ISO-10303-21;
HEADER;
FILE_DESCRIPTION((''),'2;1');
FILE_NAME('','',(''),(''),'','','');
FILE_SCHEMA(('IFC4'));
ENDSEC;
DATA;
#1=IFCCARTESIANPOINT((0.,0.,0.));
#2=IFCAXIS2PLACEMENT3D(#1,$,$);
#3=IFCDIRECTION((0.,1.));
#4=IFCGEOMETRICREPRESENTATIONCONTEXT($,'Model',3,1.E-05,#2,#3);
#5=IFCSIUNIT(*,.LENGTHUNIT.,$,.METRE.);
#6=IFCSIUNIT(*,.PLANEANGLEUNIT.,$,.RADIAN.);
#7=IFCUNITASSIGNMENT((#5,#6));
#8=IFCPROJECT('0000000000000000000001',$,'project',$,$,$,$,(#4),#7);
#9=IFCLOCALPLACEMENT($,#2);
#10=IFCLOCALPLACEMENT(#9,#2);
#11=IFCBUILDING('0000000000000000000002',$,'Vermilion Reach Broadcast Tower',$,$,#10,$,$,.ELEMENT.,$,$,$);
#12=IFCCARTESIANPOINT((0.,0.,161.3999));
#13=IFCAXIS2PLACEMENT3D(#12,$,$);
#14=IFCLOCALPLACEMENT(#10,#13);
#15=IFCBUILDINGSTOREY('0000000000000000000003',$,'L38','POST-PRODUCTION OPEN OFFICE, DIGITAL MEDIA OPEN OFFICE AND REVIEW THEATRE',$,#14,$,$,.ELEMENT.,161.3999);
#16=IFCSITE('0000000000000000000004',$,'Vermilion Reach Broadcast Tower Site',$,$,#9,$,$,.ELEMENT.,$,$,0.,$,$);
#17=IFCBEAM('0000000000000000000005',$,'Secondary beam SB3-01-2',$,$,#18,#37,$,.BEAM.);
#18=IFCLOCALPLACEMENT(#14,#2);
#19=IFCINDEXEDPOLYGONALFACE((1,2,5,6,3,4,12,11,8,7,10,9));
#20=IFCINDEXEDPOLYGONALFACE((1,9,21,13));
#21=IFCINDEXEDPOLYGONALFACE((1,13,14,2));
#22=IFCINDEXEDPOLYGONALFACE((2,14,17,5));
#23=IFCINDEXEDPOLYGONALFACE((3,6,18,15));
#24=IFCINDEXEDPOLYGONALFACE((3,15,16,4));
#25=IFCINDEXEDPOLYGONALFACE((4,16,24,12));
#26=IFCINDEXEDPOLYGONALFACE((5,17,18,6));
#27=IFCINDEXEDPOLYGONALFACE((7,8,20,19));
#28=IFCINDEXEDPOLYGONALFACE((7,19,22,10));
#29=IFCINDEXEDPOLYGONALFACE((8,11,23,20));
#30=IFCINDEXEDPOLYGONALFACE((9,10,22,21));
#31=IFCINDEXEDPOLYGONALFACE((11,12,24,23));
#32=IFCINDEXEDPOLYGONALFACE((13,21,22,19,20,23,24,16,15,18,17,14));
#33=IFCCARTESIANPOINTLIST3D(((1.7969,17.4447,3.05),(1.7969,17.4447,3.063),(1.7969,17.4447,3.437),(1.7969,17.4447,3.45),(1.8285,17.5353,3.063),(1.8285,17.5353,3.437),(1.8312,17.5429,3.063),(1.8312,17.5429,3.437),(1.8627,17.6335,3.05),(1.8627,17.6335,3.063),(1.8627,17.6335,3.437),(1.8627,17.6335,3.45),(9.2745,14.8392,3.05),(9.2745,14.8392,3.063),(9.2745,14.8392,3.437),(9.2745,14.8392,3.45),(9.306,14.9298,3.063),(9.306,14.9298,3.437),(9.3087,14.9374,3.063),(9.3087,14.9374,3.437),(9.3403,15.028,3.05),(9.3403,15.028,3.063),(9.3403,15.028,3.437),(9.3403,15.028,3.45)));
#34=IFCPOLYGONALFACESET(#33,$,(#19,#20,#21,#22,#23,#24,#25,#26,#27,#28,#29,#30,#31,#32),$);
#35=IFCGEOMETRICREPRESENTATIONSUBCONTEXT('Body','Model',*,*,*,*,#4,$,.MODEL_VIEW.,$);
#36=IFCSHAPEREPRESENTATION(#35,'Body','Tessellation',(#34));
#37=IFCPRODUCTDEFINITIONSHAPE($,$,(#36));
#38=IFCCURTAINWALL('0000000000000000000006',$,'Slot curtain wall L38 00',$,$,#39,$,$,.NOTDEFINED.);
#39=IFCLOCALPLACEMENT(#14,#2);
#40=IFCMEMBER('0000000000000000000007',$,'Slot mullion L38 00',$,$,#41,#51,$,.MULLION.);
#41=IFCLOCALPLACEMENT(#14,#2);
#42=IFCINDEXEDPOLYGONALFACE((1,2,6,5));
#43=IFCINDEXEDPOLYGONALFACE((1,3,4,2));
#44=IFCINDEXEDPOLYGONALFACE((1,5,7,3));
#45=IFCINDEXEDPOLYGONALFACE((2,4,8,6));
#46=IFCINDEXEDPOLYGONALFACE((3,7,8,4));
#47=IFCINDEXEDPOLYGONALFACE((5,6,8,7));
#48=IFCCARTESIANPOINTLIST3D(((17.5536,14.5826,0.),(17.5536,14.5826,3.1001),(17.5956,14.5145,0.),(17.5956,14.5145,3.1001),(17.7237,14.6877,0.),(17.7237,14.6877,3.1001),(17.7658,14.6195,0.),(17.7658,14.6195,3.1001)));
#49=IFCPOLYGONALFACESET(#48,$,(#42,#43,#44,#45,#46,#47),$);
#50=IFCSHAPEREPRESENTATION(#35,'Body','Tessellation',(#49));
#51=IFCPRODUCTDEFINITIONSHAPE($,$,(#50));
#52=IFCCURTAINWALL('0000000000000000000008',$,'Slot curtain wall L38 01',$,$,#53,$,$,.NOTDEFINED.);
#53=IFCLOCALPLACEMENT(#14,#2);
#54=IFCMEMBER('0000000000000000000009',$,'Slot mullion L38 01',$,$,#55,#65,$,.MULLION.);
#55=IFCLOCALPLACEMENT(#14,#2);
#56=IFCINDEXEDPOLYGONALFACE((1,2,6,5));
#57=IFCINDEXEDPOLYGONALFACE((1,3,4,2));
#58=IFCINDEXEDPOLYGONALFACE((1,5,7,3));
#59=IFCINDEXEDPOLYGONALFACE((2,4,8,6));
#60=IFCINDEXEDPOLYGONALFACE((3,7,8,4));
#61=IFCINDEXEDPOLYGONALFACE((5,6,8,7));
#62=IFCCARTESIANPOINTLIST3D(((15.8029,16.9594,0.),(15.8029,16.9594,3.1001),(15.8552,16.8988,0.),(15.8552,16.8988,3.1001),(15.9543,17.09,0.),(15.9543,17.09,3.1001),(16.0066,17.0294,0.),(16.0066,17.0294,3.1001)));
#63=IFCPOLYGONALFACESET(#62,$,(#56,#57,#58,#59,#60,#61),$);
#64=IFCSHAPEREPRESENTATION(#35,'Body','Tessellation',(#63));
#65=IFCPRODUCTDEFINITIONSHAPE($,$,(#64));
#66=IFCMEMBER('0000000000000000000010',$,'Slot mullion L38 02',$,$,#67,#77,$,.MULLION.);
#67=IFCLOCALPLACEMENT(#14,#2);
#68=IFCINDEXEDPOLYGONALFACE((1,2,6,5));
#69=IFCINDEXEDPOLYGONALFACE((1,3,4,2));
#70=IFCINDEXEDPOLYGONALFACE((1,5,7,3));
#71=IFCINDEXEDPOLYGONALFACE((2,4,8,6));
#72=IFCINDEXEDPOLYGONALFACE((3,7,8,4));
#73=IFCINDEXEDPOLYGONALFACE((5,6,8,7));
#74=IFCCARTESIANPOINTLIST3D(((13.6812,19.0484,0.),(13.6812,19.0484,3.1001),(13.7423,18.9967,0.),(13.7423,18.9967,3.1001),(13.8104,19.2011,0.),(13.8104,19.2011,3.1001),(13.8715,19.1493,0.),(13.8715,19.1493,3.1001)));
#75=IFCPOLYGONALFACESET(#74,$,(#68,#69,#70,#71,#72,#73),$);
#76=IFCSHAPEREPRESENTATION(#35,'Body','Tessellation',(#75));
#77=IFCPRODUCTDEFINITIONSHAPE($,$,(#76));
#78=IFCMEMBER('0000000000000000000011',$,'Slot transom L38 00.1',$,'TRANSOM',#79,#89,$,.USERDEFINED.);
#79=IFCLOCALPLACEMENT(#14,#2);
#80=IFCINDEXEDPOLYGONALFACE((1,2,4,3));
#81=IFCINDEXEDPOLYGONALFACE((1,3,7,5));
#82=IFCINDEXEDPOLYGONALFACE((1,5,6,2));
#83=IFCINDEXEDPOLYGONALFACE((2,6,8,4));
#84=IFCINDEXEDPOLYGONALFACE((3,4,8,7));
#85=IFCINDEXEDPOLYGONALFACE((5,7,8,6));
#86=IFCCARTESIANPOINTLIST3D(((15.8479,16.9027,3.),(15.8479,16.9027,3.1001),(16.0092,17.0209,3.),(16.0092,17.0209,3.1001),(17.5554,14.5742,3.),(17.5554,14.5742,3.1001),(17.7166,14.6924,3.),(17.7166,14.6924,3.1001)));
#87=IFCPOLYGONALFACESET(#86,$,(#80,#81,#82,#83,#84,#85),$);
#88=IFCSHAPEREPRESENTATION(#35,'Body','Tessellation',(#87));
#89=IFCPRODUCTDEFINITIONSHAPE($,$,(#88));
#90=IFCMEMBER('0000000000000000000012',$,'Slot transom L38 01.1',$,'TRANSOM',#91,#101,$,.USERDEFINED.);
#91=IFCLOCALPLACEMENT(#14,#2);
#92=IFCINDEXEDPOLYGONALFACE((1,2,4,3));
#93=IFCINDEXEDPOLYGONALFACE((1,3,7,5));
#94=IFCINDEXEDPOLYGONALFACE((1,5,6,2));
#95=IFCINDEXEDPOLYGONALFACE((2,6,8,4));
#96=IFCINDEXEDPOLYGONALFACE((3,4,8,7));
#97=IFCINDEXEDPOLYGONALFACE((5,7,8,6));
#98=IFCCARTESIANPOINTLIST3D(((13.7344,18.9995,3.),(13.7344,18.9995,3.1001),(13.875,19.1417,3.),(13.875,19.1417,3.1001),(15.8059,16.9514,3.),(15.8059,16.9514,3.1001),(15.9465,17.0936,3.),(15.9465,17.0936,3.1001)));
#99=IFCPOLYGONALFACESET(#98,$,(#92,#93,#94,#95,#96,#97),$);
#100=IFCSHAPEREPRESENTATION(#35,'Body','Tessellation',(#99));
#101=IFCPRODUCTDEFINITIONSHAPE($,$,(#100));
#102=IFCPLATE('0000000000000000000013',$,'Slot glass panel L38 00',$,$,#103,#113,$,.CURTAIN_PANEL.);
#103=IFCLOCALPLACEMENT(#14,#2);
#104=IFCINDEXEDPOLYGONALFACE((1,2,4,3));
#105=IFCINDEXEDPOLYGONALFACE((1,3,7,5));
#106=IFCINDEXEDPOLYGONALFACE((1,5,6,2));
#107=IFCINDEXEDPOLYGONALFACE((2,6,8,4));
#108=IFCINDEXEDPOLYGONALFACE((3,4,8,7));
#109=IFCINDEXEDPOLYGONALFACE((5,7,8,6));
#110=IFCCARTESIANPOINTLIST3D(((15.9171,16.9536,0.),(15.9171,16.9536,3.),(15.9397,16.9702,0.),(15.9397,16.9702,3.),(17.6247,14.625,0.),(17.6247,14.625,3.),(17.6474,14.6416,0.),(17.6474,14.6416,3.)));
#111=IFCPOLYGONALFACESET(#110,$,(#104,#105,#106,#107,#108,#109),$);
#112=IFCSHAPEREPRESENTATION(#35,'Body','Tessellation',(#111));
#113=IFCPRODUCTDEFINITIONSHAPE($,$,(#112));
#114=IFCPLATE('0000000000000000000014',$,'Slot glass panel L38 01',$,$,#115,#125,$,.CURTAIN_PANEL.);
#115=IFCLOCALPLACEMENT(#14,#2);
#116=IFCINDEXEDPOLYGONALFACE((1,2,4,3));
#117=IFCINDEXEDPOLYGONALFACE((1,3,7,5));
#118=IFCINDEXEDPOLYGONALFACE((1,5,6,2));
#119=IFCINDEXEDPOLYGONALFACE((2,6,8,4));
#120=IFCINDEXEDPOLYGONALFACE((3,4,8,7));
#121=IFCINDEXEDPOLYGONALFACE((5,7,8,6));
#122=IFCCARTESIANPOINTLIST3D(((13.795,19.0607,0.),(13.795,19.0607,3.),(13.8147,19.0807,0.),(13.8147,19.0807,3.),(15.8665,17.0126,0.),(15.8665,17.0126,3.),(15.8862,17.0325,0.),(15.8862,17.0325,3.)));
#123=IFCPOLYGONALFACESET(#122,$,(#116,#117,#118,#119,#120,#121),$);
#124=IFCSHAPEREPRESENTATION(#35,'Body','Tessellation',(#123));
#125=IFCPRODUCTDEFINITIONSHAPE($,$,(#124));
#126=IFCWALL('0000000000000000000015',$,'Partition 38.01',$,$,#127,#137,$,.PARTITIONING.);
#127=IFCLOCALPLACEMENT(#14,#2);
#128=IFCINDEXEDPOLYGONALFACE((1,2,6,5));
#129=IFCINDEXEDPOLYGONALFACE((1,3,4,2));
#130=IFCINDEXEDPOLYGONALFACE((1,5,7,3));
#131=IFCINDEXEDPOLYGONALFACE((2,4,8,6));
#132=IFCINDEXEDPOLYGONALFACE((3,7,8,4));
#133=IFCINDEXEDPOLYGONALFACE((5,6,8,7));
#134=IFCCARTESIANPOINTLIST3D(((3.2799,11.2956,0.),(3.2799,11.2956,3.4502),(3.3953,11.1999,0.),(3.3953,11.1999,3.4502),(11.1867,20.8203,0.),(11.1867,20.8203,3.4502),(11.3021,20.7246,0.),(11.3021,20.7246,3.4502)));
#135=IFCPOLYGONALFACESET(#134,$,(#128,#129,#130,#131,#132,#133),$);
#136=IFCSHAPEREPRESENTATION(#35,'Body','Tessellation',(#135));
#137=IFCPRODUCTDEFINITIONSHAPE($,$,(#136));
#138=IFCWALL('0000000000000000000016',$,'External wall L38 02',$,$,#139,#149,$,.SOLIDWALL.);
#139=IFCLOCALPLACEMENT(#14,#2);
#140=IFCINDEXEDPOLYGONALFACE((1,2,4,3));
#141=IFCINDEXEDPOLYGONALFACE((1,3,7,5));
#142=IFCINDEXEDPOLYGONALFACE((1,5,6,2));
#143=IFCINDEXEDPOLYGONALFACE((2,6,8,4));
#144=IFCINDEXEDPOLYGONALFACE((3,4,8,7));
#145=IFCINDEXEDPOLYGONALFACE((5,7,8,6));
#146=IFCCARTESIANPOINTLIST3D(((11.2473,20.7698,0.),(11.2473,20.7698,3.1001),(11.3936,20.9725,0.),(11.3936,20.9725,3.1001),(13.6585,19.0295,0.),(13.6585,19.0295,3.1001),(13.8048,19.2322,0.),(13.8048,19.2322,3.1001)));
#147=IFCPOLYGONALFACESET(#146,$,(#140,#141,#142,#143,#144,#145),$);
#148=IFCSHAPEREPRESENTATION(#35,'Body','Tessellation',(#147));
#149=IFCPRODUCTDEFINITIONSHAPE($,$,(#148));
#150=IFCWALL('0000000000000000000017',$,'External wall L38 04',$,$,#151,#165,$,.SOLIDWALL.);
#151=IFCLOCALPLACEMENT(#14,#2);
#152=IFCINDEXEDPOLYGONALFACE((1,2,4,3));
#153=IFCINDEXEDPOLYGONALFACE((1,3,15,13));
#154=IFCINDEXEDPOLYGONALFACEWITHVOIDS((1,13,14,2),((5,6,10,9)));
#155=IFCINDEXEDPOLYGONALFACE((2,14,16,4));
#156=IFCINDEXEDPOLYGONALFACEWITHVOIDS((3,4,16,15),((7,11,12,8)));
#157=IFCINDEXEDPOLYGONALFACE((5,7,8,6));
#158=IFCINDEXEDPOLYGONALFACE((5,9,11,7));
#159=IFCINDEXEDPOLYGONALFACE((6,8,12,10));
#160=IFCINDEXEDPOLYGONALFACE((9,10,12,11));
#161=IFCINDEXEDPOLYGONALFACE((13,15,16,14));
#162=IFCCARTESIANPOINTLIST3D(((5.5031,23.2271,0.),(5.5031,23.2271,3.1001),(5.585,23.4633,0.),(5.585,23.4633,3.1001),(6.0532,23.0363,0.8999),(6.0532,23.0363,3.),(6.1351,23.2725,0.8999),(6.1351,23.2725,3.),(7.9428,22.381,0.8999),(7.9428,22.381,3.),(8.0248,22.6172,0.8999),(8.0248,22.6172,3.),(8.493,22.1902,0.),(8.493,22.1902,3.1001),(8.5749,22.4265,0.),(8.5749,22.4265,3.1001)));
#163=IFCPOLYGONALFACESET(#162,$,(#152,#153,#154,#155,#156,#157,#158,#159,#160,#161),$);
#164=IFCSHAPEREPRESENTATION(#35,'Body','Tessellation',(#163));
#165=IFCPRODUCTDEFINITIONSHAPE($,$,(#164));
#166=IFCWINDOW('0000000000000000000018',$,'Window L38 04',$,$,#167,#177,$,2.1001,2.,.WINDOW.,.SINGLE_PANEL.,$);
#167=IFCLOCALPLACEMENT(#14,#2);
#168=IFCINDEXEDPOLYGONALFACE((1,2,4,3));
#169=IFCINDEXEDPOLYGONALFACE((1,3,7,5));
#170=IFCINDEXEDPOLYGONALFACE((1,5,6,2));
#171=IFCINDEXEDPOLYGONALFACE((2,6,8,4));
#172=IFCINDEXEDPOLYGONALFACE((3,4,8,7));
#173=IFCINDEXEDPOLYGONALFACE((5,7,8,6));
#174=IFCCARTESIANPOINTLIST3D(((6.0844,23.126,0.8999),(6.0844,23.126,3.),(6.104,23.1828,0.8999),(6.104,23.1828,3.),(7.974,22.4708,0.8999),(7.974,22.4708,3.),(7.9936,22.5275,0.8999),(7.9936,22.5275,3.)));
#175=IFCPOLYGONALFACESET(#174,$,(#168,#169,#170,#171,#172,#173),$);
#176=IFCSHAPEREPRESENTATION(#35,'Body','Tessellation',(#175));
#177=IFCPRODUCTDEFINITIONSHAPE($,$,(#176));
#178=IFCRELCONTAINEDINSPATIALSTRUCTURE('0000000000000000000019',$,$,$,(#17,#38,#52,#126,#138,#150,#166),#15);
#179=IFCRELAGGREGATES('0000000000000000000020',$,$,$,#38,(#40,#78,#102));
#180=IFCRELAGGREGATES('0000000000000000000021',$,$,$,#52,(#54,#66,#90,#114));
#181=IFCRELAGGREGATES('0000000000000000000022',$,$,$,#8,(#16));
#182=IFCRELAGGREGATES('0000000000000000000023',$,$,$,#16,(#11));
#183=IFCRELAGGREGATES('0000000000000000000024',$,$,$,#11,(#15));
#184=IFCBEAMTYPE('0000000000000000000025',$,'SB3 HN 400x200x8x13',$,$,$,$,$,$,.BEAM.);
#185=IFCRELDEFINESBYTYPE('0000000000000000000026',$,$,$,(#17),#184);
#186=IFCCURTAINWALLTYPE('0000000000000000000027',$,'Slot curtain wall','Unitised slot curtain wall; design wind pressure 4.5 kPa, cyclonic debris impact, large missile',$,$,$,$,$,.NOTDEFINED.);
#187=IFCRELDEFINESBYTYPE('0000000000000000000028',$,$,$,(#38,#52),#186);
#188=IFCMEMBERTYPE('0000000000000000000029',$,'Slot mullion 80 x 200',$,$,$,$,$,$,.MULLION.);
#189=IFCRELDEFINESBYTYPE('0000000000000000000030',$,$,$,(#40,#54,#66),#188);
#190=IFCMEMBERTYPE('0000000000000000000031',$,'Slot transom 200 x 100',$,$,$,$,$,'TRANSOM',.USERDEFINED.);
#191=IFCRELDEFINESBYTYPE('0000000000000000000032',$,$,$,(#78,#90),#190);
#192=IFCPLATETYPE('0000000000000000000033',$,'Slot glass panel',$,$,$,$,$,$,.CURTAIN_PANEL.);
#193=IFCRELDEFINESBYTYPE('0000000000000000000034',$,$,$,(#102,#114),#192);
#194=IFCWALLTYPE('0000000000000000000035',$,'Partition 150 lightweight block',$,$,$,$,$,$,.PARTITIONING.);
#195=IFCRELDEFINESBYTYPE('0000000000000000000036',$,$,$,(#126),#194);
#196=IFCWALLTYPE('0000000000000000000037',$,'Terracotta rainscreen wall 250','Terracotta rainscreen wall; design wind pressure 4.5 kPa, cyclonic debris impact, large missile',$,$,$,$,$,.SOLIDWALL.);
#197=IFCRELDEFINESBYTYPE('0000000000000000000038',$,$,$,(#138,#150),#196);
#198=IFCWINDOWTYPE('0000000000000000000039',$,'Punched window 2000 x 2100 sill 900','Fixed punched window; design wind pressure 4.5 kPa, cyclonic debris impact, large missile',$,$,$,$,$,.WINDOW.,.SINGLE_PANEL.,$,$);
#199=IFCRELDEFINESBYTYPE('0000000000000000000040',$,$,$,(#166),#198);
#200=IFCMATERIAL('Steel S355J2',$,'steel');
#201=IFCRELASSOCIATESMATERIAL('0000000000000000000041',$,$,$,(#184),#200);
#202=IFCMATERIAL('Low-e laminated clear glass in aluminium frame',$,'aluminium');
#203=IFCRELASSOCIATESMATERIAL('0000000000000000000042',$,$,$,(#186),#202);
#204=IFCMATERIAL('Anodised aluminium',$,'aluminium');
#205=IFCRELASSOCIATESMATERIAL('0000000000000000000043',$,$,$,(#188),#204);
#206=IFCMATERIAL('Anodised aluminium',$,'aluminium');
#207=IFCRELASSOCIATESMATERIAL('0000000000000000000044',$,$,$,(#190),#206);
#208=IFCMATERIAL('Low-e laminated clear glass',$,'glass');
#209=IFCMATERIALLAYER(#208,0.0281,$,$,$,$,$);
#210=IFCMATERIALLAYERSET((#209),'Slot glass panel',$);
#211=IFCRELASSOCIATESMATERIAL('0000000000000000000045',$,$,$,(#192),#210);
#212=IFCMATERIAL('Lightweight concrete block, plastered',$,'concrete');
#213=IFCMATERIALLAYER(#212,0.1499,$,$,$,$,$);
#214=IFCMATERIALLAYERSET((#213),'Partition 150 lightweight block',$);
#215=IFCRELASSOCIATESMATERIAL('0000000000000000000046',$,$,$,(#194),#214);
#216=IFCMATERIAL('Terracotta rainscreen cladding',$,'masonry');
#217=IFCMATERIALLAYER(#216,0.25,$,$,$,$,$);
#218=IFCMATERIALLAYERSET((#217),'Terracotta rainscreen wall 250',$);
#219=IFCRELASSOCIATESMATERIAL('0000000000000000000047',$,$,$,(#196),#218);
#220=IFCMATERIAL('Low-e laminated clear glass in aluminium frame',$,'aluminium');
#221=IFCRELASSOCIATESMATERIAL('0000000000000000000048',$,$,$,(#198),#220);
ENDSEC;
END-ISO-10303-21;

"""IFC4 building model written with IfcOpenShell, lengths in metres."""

from ifc_helpers import new_model, si_unit, direction, frame, frame_2d, origin, origin_2d, place, context, subcontext, project, spatial, rectangle, i_section, extrude, material, layer, layer_set, material_profile, profile_set, type_object, element, fill, aggregate, save


model = new_model("IFC4")

# Units and contexts
model_context = context("Model", 3, precision=1e-05, world=origin(), true_north=direction((0.0, 1.0)))
body_context = subcontext(model_context, "Body", "Model", "MODEL_VIEW")
ifc_project = project(units=[si_unit("LENGTHUNIT", "METRE"), si_unit("PLANEANGLEUNIT", "RADIAN")], contexts=[model_context])

# Site, building, storey
site_placement = place(None, origin())
site = spatial("IfcSite", under=ifc_project, at=site_placement, Name="Vermilion Reach Broadcast Tower Site", CompositionType="ELEMENT", RefElevation=0.0)
building_placement = place(site_placement, origin())
building = spatial("IfcBuilding", under=site, at=building_placement, Name="Vermilion Reach Broadcast Tower", CompositionType="ELEMENT")
storey_placement = place(building_placement, frame((0.0, 0.0, 161.3999)))
storey = spatial("IfcBuildingStorey", under=building, at=storey_placement, Name="L38", Description="POST-PRODUCTION OPEN OFFICE, DIGITAL MEDIA OPEN OFFICE AND REVIEW THEATRE", CompositionType="ELEMENT", Elevation=161.3999)

# Beam
ifc_material_1 = material(Name="Steel S355J2", Category="steel")
ifc_material_profile_1 = material_profile(ifc_material_1, i_section(OverallWidth=0.2, OverallDepth=0.3999, WebThickness=0.0081, FlangeThickness=0.0129, at=origin_2d()), Name="S355J2 HN 400x200x8x13")
ifc_profile_set_1 = profile_set([ifc_material_profile_1], Name="Steel S355J2")
beam_type_1 = type_object("IfcBeamType", Name="SB3 HN 400x200x8x13", PredefinedType="BEAM", material=ifc_profile_set_1)
beam_1_placement = place(storey_placement, frame((9.3074, 14.9336, 3.25), z_axis=(-0.944317, 0.329037, 0.0), x_axis=(-0.329037, -0.944317, 0.0)))
element("IfcBeam", 1, at=beam_1_placement, inside=storey, type_object=beam_type_1, Name="Secondary beam SB3-01-2", PredefinedType="BEAM", context=body_context, shape_type="SweptSolid", body=[
    extrude(i_section(OverallWidth=0.2, OverallDepth=0.3999, WebThickness=0.0081, FlangeThickness=0.0129, at=origin_2d()), origin(), (0.0, 0.0, 1.0), 7.9185),
])

# Curtain wall, member
ifc_material_2 = material(Name="Low-e laminated clear glass in aluminium frame", Category="aluminium")
curtain_wall_type = type_object("IfcCurtainWallType", Name="Slot curtain wall", Description="Unitised slot curtain wall; design wind pressure 4.5 kPa, cyclonic debris impact, large missile", PredefinedType="NOTDEFINED", material=ifc_material_2)
placement = place(storey_placement, origin())
curtain_wall_1 = element("IfcCurtainWall", 2, at=placement, inside=storey, type_object=curtain_wall_type, Name="Slot curtain wall L38 00", PredefinedType="NOTDEFINED")
ifc_material_3 = material(Name="Anodised aluminium", Category="aluminium")
ifc_material_profile_2 = material_profile(ifc_material_3, rectangle(XDim=0.2, YDim=0.0801, at=origin_2d()), Name="Slot mullion 80 x 200")
ifc_profile_set_2 = profile_set([ifc_material_profile_2], Name="Anodised aluminium")
member_type_1 = type_object("IfcMemberType", Name="Slot mullion 80 x 200", PredefinedType="MULLION", material=ifc_profile_set_2)
member_1_placement = place(storey_placement, frame((17.6597, 14.6011, 0.0), z_axis=(0.0, 0.0, 1.0), x_axis=(-0.850995, -0.525175, 0.0)))
member_1 = element("IfcMember", 3, at=member_1_placement, type_object=member_type_1, Name="Slot mullion L38 00", PredefinedType="MULLION", context=body_context, shape_type="SweptSolid", body=[
    extrude(rectangle(XDim=0.2, YDim=0.0801, at=origin_2d()), origin(), (0.0, 0.0, 1.0), 3.1001),
])

# Curtain wall, members
curtain_wall_2 = element("IfcCurtainWall", 4, at=placement, inside=storey, type_object=curtain_wall_type, Name="Slot curtain wall L38 01", PredefinedType="NOTDEFINED")
member_2_placement = place(storey_placement, frame((15.9048, 16.9944, 0.0), z_axis=(0.0, 0.0, 1.0), x_axis=(-0.757122, -0.653274, 0.0)))
member_2 = element("IfcMember", 5, at=member_2_placement, type_object=member_type_1, Name="Slot mullion L38 01", PredefinedType="MULLION", context=body_context, shape_type="SweptSolid", body=[
    extrude(rectangle(XDim=0.2, YDim=0.0801, at=origin_2d()), origin(), (0.0, 0.0, 1.0), 3.1001),
])
member_3_placement = place(storey_placement, frame((13.7764, 19.0989, 0.0), z_axis=(0.0, 0.0, 1.0), x_axis=(-0.646078, -0.763271, 0.0)))
member_3 = element("IfcMember", 6, at=member_3_placement, type_object=member_type_1, Name="Slot mullion L38 02", PredefinedType="MULLION", context=body_context, shape_type="SweptSolid", body=[
    extrude(rectangle(XDim=0.2, YDim=0.0801, at=origin_2d()), origin(), (0.0, 0.0, 1.0), 3.1001),
])

# Members
ifc_material_4 = material(Name="Anodised aluminium", Category="aluminium")
ifc_material_profile_3 = material_profile(ifc_material_4, rectangle(XDim=0.2, YDim=0.1001, at=origin_2d()), Name="Slot transom 200 x 100")
ifc_profile_set_3 = profile_set([ifc_material_profile_3], Name="Anodised aluminium")
member_type_2 = type_object("IfcMemberType", Name="Slot transom 200 x 100", ElementType="TRANSOM", PredefinedType="USERDEFINED", material=ifc_profile_set_3)
member_4_placement = place(storey_placement, frame((17.636, 14.6333, 3.05), z_axis=(-0.591334, 0.806426, 0.0), x_axis=(-0.806426, -0.591334, 0.0)))
member_4 = element("IfcMember", 7, at=member_4_placement, type_object=member_type_2, Name="Slot transom L38 00.1", ObjectType="TRANSOM", PredefinedType="USERDEFINED", context=body_context, shape_type="SweptSolid", body=[
    extrude(rectangle(XDim=0.2, YDim=0.1001, at=origin_2d()), origin(), (0.0, 0.0, 1.0), 2.8875),
])
member_5_placement = place(storey_placement, frame((15.8762, 17.0225, 3.05), z_axis=(-0.711118, 0.703073, 0.0), x_axis=(-0.703073, -0.711118, 0.0)))
member_5 = element("IfcMember", 8, at=member_5_placement, type_object=member_type_2, Name="Slot transom L38 01.1", ObjectType="TRANSOM", PredefinedType="USERDEFINED", context=body_context, shape_type="SweptSolid", body=[
    extrude(rectangle(XDim=0.2, YDim=0.1001, at=origin_2d()), origin(), (0.0, 0.0, 1.0), 2.9131),
])

# Plates
ifc_material_5 = material(Name="Low-e laminated clear glass", Category="glass")
ifc_layer_1 = layer(ifc_material_5, 0.0281)
ifc_layer_set_1 = layer_set([ifc_layer_1], Name="Slot glass panel")
plate_type = type_object("IfcPlateType", Name="Slot glass panel", PredefinedType="CURTAIN_PANEL", material=ifc_layer_set_1)
plate_1_placement = place(storey_placement, frame((16.7822, 15.7976, 0.0), z_axis=(0.0, 0.0, 1.0), x_axis=(-0.591355, 0.806411, 0.0)))
plate_1 = element("IfcPlate", 9, at=plate_1_placement, type_object=plate_type, Name="Slot glass panel L38 00", PredefinedType="CURTAIN_PANEL", context=body_context, shape_type="SweptSolid", body=[
    extrude(rectangle(XDim=2.8877, YDim=0.0281, at=origin_2d()), origin(), (0.0, 0.0, 1.0), 3.0),
])
aggregate(curtain_wall_1, [member_1, member_4, plate_1])
plate_2_placement = place(storey_placement, frame((14.8406, 18.0466, 0.0), z_axis=(0.0, 0.0, 1.0), x_axis=(-0.711101, 0.70309, 0.0)))
plate_2 = element("IfcPlate", 10, at=plate_2_placement, type_object=plate_type, Name="Slot glass panel L38 01", PredefinedType="CURTAIN_PANEL", context=body_context, shape_type="SweptSolid", body=[
    extrude(rectangle(XDim=2.9131, YDim=0.0281, at=origin_2d()), origin(), (0.0, 0.0, 1.0), 3.0),
])
aggregate(curtain_wall_2, [member_2, member_3, member_5, plate_2])

# Walls
ifc_material_6 = material(Name="Lightweight concrete block, plastered", Category="concrete")
ifc_layer_2 = layer(ifc_material_6, 0.1499)
ifc_layer_set_2 = layer_set([ifc_layer_2], Name="Partition 150 lightweight block")
wall_type_1 = type_object("IfcWallType", Name="Partition 150 lightweight block", PredefinedType="PARTITIONING", material=ifc_layer_set_2)
wall_1_placement = place(storey_placement, frame((11.2444, 20.7725, 0.0), z_axis=(0.0, 0.0, 1.0), x_axis=(-0.63873, -0.769431, 0.0)))
element("IfcWall", 11, at=wall_1_placement, inside=storey, type_object=wall_type_1, Name="Partition 38.01", PredefinedType="PARTITIONING", context=body_context, shape_type="SweptSolid", body=[
    extrude(rectangle(XDim=12.3789, YDim=0.1499, at=frame_2d((6.1895, 0.0))), origin(), (0.0, 0.0, 1.0), 3.4502),
])
ifc_material_7 = material(Name="Terracotta rainscreen cladding", Category="masonry")
ifc_layer_3 = layer(ifc_material_7, 0.25)
ifc_layer_set_3 = layer_set([ifc_layer_3], Name="Terracotta rainscreen wall 250")
wall_type_2 = type_object("IfcWallType", Name="Terracotta rainscreen wall 250", Description="Terracotta rainscreen wall; design wind pressure 4.5 kPa, cyclonic debris impact, large missile", PredefinedType="SOLIDWALL", material=ifc_layer_set_3)
wall_2_placement = place(storey_placement, frame((13.7317, 19.1309, 0.0), z_axis=(0.0, 0.0, 1.0), x_axis=(-0.810861, 0.585239, 0.0)))
element("IfcWall", 12, at=wall_2_placement, inside=storey, type_object=wall_type_2, Name="External wall L38 02", PredefinedType="SOLIDWALL", context=body_context, shape_type="SweptSolid", body=[
    extrude(rectangle(XDim=2.9736, YDim=0.25, at=frame_2d((1.4868, 0.0))), origin(), (0.0, 0.0, 1.0), 3.1001),
])

# Wall, opening, window
wall_3_placement = place(storey_placement, frame((8.5339, 22.3083, 0.0), z_axis=(0.0, 0.0, 1.0), x_axis=(-0.944803, 0.327638, 0.0)))
wall_3 = element("IfcWall", 13, at=wall_3_placement, inside=storey, type_object=wall_type_2, Name="External wall L38 04", PredefinedType="SOLIDWALL", context=body_context, shape_type="SweptSolid", body=[
    extrude(rectangle(XDim=3.1646, YDim=0.25, at=frame_2d((1.5823, 0.0))), origin(), (0.0, 0.0, 1.0), 3.1001),
])
opening_1_placement = place(wall_3_placement, frame((0.5823, 0.0, 0.8999)))
opening_1 = element("IfcOpeningElement", 14, at=opening_1_placement, cuts=wall_3, PredefinedType="OPENING", context=body_context, shape_type="SweptSolid", body=[
    extrude(rectangle(XDim=2.0, YDim=2.1001, at=frame_2d((1.0, 1.05))), frame((0.0, 0.135, 0.0), z_axis=(0.0, -1.0, 0.0), x_axis=(1.0, 0.0, 0.0)), (0.0, 0.0, 1.0), 0.27),
])
ifc_material_8 = material(Name="Low-e laminated clear glass in aluminium frame", Category="aluminium")
window_type = type_object("IfcWindowType", Name="Punched window 2000 x 2100 sill 900", Description="Fixed punched window; design wind pressure 4.5 kPa, cyclonic debris impact, large missile", PartitioningType="SINGLE_PANEL", PredefinedType="WINDOW", material=ifc_material_8)
window_placement = place(opening_1_placement, origin())
window = element("IfcWindow", 15, at=window_placement, inside=storey, type_object=window_type, Name="Window L38 04", OverallHeight=2.1001, OverallWidth=2.0, PartitioningType="SINGLE_PANEL", PredefinedType="WINDOW", context=body_context, shape_type="SweptSolid", body=[
    extrude(rectangle(XDim=2.0, YDim=2.1001, at=frame_2d((1.0, 1.05))), frame((0.0, 0.03, 0.0), z_axis=(0.0, -1.0, 0.0), x_axis=(1.0, 0.0, 0.0)), (0.0, 0.0, 1.0), 0.0601),
])
fill(opening_1, window)

save(model, "model.ifc")
